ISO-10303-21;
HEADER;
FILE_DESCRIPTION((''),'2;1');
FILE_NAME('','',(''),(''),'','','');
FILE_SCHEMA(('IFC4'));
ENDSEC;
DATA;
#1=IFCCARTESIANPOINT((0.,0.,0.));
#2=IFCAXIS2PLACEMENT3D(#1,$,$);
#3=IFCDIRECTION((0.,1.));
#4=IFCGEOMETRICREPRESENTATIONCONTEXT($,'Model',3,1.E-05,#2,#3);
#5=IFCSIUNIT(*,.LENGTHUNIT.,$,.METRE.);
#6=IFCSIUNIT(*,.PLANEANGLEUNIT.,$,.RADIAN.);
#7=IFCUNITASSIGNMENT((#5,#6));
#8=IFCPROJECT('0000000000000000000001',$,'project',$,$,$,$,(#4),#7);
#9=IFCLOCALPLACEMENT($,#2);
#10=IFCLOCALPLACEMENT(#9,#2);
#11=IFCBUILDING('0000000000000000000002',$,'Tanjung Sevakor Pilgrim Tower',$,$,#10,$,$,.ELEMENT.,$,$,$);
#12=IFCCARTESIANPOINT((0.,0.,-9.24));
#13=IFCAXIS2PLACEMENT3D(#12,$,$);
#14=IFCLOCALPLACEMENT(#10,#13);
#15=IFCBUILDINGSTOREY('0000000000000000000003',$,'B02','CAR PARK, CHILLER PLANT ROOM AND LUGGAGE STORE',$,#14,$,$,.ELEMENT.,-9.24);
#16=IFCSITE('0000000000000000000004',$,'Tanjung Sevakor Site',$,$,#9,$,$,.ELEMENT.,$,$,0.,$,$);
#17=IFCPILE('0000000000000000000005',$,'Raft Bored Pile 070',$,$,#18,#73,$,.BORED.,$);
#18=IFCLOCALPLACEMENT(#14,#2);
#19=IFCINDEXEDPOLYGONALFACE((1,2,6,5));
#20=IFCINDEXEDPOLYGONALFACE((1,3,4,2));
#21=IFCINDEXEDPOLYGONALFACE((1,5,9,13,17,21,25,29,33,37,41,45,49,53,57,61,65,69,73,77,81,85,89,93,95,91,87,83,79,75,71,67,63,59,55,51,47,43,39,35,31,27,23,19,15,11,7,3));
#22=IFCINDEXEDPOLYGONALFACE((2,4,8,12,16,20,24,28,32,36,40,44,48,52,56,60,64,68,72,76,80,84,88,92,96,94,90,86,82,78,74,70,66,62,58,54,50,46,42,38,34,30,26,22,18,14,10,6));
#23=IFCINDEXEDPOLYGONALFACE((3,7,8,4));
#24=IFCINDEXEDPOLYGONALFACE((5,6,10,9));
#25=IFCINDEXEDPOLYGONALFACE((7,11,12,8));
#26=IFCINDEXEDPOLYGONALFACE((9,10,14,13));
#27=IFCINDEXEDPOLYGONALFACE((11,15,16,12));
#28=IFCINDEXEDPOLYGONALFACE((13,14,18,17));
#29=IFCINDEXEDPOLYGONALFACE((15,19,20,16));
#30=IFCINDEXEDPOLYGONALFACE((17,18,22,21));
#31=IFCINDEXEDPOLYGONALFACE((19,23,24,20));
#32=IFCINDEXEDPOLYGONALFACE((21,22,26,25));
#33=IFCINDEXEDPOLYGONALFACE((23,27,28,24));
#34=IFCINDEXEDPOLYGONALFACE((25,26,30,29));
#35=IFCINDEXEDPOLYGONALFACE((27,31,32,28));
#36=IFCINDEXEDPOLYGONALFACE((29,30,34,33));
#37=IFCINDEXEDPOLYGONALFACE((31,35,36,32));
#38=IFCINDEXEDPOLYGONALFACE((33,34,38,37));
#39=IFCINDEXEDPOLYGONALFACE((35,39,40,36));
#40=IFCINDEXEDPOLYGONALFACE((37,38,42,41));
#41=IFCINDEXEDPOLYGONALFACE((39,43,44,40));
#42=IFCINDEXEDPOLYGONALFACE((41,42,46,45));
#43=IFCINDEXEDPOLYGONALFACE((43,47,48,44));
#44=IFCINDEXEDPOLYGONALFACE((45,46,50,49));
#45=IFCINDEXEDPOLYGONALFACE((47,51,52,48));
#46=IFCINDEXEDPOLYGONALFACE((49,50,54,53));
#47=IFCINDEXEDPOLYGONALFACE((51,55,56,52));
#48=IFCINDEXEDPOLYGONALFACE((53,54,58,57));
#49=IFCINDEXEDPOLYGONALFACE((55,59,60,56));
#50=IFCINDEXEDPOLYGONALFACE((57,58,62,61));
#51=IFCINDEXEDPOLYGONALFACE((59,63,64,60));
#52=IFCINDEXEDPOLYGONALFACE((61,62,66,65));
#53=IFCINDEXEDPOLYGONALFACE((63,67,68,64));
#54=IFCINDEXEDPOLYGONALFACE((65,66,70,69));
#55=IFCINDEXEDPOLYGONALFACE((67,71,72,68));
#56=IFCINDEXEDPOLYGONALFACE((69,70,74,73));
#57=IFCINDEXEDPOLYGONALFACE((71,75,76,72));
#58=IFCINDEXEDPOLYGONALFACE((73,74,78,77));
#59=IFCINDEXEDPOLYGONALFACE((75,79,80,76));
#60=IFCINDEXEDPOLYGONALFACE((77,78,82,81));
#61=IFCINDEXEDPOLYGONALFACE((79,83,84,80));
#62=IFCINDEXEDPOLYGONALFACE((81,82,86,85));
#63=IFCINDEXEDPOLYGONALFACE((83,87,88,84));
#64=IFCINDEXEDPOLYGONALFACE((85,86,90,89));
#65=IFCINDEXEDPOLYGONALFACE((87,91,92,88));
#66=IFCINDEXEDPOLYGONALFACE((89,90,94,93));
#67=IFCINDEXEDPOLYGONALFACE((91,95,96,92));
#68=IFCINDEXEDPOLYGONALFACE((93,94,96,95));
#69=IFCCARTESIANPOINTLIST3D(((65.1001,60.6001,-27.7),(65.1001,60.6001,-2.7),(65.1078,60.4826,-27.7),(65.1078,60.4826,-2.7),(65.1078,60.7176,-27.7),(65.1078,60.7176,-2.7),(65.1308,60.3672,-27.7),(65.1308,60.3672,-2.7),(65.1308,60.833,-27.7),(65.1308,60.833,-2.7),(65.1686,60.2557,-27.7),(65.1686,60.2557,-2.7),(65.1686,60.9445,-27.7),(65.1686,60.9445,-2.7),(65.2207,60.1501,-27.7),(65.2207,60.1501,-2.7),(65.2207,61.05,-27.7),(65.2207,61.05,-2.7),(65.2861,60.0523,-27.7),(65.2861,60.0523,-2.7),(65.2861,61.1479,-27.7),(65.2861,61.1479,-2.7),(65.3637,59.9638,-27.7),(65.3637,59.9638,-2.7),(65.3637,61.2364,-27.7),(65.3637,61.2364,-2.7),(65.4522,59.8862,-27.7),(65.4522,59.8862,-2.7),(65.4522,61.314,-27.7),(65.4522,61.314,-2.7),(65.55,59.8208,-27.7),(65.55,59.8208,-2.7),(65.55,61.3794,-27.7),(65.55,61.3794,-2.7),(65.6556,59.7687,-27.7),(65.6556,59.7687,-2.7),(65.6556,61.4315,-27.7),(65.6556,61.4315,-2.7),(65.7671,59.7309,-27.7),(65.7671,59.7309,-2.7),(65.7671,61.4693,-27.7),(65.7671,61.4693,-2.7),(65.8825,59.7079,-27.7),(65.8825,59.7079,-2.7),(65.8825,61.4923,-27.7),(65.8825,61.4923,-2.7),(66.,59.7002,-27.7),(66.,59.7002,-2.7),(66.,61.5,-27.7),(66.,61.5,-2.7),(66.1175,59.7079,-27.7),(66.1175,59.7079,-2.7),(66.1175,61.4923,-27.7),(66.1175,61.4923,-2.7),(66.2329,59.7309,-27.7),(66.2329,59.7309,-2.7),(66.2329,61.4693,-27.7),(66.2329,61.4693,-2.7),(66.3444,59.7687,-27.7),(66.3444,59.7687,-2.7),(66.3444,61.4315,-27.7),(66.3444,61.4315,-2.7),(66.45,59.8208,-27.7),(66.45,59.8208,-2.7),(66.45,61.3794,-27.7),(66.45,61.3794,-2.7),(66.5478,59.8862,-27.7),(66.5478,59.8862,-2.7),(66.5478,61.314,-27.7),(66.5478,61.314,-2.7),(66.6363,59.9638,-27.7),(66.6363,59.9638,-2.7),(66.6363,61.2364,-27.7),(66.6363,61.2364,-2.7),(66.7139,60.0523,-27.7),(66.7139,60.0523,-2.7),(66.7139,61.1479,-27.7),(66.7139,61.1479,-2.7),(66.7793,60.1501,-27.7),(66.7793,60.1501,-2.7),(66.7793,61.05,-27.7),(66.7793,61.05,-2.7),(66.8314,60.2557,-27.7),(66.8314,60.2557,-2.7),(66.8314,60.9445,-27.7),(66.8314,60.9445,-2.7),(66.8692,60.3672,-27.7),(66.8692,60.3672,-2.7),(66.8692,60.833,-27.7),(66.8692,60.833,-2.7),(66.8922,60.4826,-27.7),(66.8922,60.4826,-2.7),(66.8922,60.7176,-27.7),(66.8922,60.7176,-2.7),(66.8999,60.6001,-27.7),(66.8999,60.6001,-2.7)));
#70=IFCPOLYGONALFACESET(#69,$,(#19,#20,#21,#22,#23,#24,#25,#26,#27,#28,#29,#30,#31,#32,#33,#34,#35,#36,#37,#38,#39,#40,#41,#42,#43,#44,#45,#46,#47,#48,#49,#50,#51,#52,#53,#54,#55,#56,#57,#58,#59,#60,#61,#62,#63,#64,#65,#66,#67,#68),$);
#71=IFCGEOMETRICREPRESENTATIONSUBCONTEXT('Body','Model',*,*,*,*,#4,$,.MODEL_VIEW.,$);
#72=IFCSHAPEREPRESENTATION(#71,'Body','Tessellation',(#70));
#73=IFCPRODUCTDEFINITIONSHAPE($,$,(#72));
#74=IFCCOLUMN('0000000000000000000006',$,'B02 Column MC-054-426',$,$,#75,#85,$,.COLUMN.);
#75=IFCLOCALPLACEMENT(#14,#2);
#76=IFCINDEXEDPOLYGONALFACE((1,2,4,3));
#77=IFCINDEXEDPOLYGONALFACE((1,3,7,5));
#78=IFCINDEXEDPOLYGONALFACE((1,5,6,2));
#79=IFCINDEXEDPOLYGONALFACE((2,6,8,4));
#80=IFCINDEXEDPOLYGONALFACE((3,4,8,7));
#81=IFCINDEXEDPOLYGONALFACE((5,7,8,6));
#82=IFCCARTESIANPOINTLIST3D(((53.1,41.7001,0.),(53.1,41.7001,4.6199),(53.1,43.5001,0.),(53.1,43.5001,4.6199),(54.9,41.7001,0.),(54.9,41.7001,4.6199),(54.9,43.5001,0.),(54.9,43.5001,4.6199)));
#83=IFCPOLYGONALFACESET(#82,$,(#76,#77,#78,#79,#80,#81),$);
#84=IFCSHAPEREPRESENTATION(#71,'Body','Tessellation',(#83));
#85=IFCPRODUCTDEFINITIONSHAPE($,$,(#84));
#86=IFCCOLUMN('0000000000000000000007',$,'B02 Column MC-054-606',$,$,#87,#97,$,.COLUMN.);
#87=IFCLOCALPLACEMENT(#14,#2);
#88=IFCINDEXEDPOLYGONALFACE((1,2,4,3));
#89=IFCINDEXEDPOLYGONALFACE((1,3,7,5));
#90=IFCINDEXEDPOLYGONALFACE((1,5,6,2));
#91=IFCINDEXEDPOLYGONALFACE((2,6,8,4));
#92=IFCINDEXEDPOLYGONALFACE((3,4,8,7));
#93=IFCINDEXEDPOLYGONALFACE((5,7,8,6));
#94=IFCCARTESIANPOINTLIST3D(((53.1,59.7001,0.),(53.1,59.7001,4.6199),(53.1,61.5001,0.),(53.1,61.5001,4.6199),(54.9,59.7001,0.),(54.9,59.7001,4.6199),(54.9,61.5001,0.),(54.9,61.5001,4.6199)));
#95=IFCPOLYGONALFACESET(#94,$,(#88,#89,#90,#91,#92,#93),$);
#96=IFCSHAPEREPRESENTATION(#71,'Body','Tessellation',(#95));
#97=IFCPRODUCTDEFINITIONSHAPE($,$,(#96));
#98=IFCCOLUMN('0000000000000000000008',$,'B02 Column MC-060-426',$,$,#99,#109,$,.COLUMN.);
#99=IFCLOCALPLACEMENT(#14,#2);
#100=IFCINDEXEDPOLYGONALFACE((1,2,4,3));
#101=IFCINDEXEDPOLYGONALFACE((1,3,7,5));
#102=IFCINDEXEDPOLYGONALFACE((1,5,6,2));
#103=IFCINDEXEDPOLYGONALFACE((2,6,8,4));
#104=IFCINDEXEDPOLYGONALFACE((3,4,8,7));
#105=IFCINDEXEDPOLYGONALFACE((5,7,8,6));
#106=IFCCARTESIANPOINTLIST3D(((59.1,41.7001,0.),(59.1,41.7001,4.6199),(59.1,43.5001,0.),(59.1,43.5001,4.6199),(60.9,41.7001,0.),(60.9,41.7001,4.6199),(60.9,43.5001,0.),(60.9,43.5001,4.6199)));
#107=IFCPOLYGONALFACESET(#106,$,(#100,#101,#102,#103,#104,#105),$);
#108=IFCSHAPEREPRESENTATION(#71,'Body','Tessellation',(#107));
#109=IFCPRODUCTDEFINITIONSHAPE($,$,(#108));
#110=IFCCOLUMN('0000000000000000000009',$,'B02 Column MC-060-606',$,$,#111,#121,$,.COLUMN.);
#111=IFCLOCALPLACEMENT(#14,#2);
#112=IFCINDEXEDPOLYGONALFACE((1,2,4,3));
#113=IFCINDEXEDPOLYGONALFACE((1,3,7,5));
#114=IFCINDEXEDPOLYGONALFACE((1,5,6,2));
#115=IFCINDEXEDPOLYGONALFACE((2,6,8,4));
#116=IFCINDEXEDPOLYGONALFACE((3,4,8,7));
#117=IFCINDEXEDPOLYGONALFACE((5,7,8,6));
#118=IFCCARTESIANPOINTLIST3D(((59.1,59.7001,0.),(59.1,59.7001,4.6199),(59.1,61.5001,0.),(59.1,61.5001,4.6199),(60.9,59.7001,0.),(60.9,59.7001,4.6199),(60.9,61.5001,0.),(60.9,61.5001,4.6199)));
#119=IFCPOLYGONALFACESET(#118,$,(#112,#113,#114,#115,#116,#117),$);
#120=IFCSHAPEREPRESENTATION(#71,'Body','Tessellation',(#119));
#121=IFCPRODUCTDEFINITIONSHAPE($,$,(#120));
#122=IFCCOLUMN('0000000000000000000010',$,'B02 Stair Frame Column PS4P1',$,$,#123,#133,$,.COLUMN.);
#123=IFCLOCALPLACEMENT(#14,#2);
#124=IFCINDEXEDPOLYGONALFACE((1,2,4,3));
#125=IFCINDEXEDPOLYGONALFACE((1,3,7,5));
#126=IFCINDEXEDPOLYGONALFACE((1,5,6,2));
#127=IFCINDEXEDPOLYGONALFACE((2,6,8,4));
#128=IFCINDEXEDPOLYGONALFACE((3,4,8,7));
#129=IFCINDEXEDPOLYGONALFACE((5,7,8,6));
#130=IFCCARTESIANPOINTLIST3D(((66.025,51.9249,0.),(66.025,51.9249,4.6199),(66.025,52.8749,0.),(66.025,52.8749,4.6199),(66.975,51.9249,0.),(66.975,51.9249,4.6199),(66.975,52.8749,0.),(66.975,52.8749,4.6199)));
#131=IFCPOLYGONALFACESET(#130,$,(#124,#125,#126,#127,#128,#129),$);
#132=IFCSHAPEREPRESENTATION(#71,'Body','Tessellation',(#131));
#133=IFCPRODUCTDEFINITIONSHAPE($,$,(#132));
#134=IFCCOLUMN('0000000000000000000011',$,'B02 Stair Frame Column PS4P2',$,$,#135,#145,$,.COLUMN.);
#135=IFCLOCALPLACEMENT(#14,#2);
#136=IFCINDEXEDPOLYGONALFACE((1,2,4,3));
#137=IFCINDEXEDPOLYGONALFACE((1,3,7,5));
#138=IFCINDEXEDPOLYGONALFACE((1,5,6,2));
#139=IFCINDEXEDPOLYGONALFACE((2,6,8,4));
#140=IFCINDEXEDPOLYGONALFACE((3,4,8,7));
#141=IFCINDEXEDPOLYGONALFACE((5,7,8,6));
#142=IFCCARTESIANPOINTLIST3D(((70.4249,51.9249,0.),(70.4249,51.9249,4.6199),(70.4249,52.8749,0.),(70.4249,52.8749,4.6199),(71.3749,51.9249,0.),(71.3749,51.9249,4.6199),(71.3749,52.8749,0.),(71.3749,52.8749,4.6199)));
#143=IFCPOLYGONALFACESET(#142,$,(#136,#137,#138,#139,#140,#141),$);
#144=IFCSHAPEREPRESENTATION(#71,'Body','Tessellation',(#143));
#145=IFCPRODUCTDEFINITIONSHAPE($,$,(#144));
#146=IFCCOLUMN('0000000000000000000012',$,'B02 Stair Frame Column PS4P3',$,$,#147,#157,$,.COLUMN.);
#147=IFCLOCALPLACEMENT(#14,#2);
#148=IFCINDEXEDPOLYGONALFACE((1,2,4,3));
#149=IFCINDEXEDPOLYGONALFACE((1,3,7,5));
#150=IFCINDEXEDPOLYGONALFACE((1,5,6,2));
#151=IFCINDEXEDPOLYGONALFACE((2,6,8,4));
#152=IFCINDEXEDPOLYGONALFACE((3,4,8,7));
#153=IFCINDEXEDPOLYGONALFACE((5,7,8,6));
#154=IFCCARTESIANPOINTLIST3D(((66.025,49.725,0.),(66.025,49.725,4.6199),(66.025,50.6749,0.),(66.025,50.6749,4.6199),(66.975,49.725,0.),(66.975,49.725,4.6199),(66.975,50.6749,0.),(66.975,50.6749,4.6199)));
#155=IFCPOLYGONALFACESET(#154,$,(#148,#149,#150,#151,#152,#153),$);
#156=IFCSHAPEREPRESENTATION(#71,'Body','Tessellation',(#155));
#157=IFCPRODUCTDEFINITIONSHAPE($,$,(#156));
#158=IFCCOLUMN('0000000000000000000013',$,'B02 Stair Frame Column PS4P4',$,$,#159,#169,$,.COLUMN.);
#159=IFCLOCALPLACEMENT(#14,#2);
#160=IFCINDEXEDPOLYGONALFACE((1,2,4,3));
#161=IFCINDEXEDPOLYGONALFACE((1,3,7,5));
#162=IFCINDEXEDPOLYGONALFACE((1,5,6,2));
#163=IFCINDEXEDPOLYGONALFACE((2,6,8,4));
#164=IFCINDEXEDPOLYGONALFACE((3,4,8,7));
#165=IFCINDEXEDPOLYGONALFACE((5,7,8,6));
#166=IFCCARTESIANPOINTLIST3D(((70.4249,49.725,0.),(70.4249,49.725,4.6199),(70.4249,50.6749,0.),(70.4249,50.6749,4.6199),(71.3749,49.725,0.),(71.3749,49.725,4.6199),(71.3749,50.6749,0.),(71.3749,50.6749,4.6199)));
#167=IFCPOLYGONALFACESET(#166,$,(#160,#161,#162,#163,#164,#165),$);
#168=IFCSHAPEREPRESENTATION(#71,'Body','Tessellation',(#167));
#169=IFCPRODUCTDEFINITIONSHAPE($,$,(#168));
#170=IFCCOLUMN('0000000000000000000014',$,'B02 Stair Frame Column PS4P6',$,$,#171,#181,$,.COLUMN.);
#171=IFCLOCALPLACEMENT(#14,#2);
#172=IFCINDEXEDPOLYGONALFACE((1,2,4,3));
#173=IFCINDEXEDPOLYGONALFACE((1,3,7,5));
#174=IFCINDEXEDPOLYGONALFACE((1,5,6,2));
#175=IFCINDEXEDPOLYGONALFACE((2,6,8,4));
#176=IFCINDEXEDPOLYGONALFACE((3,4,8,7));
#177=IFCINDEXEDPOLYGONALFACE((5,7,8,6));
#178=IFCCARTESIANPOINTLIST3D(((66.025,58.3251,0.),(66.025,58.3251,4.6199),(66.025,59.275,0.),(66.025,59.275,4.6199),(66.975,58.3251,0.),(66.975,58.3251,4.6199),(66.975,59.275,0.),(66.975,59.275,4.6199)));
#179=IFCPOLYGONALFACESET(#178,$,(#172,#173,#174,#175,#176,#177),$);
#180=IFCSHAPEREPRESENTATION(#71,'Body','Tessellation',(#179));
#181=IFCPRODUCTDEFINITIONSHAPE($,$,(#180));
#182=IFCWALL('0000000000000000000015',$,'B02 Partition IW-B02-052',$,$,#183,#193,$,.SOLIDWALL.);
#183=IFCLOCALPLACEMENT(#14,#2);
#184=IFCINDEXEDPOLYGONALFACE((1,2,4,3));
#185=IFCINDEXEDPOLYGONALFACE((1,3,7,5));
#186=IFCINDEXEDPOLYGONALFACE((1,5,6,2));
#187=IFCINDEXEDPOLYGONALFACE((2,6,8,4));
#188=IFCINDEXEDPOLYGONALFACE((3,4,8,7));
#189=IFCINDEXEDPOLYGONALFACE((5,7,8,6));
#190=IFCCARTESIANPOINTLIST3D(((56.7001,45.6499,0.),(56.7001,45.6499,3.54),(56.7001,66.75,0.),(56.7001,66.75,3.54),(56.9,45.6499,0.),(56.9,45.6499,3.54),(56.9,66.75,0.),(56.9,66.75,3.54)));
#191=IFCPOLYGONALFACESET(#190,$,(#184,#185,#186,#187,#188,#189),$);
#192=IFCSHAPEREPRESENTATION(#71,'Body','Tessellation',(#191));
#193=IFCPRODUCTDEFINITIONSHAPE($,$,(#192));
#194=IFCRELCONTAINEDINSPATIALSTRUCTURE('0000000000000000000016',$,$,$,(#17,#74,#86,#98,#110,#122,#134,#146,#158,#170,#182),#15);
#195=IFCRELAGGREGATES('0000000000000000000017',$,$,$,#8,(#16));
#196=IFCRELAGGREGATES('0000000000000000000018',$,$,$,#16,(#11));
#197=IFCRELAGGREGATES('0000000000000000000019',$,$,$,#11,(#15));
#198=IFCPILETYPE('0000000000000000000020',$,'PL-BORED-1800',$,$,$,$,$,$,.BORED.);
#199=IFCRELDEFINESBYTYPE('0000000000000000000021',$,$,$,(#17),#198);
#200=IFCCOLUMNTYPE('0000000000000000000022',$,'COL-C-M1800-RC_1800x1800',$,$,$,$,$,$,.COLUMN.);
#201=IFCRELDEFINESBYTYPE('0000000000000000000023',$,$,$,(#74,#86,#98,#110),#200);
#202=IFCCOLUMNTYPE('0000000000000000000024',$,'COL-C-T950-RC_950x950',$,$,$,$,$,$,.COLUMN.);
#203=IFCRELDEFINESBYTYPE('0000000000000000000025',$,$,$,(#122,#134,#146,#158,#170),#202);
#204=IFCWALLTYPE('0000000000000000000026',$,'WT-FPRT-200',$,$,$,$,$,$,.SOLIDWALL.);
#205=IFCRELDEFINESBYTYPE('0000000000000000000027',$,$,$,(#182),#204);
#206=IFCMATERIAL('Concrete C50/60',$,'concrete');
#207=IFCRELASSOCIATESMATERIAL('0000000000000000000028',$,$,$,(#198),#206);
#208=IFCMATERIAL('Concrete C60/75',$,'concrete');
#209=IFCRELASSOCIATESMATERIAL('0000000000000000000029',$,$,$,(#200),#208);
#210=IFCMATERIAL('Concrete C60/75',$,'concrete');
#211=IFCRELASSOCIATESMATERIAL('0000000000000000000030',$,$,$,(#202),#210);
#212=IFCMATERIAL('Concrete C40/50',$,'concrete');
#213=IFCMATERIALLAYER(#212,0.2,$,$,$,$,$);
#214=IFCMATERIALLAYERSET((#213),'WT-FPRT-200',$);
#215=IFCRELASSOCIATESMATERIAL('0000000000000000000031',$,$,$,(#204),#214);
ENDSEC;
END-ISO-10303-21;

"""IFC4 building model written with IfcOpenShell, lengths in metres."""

from ifc_helpers import new_model, si_unit, direction, frame, frame_2d, origin, origin_2d, place, context, subcontext, project, spatial, rectangle, circle, extrude, material, layer, layer_set, material_profile, profile_set, type_object, element, save


model = new_model("IFC4")

# Units and contexts
model_context = context("Model", 3, precision=1e-05, world=origin(), true_north=direction((0.0, 1.0)))
body_context = subcontext(model_context, "Body", "Model", "MODEL_VIEW")
ifc_project = project(units=[si_unit("LENGTHUNIT", "METRE"), si_unit("PLANEANGLEUNIT", "RADIAN")], contexts=[model_context])

# Site, building, storey
site_placement = place(None, origin())
site = spatial("IfcSite", under=ifc_project, at=site_placement, Name="Tanjung Sevakor Site", CompositionType="ELEMENT", RefElevation=0.0)
building_placement = place(site_placement, origin())
building = spatial("IfcBuilding", under=site, at=building_placement, Name="Tanjung Sevakor Pilgrim Tower", CompositionType="ELEMENT")
storey_placement = place(building_placement, frame((0.0, 0.0, -9.24)))
storey = spatial("IfcBuildingStorey", under=building, at=storey_placement, Name="B02", Description="CAR PARK, CHILLER PLANT ROOM AND LUGGAGE STORE", CompositionType="ELEMENT", Elevation=-9.24)

# Pile
ifc_material_1 = material(Name="Concrete C50/60", Category="concrete")
ifc_material_profile_1 = material_profile(ifc_material_1, circle(Radius=0.8999, at=origin_2d()))
ifc_profile_set_1 = profile_set([ifc_material_profile_1], Name="Concrete C50/60")
pile_type = type_object("IfcPileType", Name="PL-BORED-1800", PredefinedType="BORED", material=ifc_profile_set_1)
for number, where, z_axis, x_axis, name in (
    (1, (66.0, 60.6001, -2.7), (0.0, 0.0, -1.0), (1.0, 0.0, 0.0), "Raft Bored Pile 070"),
):
    element("IfcPile", number, at=place(storey_placement, frame(where, z_axis=z_axis, x_axis=x_axis)), inside=storey, type_object=pile_type, Name=name, PredefinedType="BORED", context=body_context, shape_type="SweptSolid", body=[
        extrude(circle(Radius=0.8999, at=origin_2d()), origin(), (0.0, 0.0, 1.0), 25.0),
    ])

# Columns
ifc_material_2 = material(Name="Concrete C60/75", Category="concrete")
ifc_material_profile_2 = material_profile(ifc_material_2, rectangle(XDim=1.8, YDim=1.8, at=origin_2d()))
ifc_profile_set_2 = profile_set([ifc_material_profile_2], Name="Concrete C60/75")
column_type_1 = type_object("IfcColumnType", Name="COL-C-M1800-RC_1800x1800", PredefinedType="COLUMN", material=ifc_profile_set_2)
for number, where, z_axis, x_axis, name in (
    (2, (54.0, 42.6001, 0.0), (0.0, 0.0, 1.0), (1.0, 0.0, 0.0), "B02 Column MC-054-426"),
    (3, (54.0, 60.6001, 0.0), (0.0, 0.0, 1.0), (1.0, 0.0, 0.0), "B02 Column MC-054-606"),
    (4, (60.0, 42.6001, 0.0), (0.0, 0.0, 1.0), (1.0, 0.0, 0.0), "B02 Column MC-060-426"),
    (5, (60.0, 60.6001, 0.0), (0.0, 0.0, 1.0), (1.0, 0.0, 0.0), "B02 Column MC-060-606"),
):
    element("IfcColumn", number, at=place(storey_placement, frame(where, z_axis=z_axis, x_axis=x_axis)), inside=storey, type_object=column_type_1, Name=name, PredefinedType="COLUMN", context=body_context, shape_type="SweptSolid", body=[
        extrude(rectangle(XDim=1.8, YDim=1.8, at=origin_2d()), origin(), (0.0, 0.0, 1.0), 4.6199),
    ])
ifc_material_3 = material(Name="Concrete C60/75", Category="concrete")
ifc_material_profile_3 = material_profile(ifc_material_3, rectangle(XDim=0.95, YDim=0.95, at=origin_2d()))
ifc_profile_set_3 = profile_set([ifc_material_profile_3], Name="Concrete C60/75")
column_type_2 = type_object("IfcColumnType", Name="COL-C-T950-RC_950x950", PredefinedType="COLUMN", material=ifc_profile_set_3)
for number, where, z_axis, x_axis, name in (
    (6, (66.5, 52.3999, 0.0), (0.0, 0.0, 1.0), (1.0, 0.0, 0.0), "B02 Stair Frame Column PS4P1"),
    (7, (70.8999, 52.3999, 0.0), (0.0, 0.0, 1.0), (1.0, 0.0, 0.0), "B02 Stair Frame Column PS4P2"),
    (8, (66.5, 50.2, 0.0), (0.0, 0.0, 1.0), (1.0, 0.0, 0.0), "B02 Stair Frame Column PS4P3"),
    (9, (70.8999, 50.2, 0.0), (0.0, 0.0, 1.0), (1.0, 0.0, 0.0), "B02 Stair Frame Column PS4P4"),
    (10, (66.5, 58.8, 0.0), (0.0, 0.0, 1.0), (1.0, 0.0, 0.0), "B02 Stair Frame Column PS4P6"),
):
    element("IfcColumn", number, at=place(storey_placement, frame(where, z_axis=z_axis, x_axis=x_axis)), inside=storey, type_object=column_type_2, Name=name, PredefinedType="COLUMN", context=body_context, shape_type="SweptSolid", body=[
        extrude(rectangle(XDim=0.95, YDim=0.95, at=origin_2d()), origin(), (0.0, 0.0, 1.0), 4.6199),
    ])

# Wall
ifc_material_4 = material(Name="Concrete C40/50", Category="concrete")
ifc_layer = layer(ifc_material_4, 0.2)
ifc_layer_set = layer_set([ifc_layer], Name="WT-FPRT-200")
wall_type = type_object("IfcWallType", Name="WT-FPRT-200", PredefinedType="SOLIDWALL", material=ifc_layer_set)
wall_1_placement = place(storey_placement, frame((56.8, 45.6499, 0.0), z_axis=(0.0, 0.0, 1.0), x_axis=(0.0, 1.0, 0.0)))
element("IfcWall", 11, at=wall_1_placement, inside=storey, type_object=wall_type, Name="B02 Partition IW-B02-052", PredefinedType="SOLIDWALL", context=body_context, shape_type="SweptSolid", body=[
    extrude(rectangle(XDim=21.1001, YDim=0.2, at=frame_2d((10.55, 0.0))), origin(), (0.0, 0.0, 1.0), 3.54),
])

save(model, "model.ifc")
